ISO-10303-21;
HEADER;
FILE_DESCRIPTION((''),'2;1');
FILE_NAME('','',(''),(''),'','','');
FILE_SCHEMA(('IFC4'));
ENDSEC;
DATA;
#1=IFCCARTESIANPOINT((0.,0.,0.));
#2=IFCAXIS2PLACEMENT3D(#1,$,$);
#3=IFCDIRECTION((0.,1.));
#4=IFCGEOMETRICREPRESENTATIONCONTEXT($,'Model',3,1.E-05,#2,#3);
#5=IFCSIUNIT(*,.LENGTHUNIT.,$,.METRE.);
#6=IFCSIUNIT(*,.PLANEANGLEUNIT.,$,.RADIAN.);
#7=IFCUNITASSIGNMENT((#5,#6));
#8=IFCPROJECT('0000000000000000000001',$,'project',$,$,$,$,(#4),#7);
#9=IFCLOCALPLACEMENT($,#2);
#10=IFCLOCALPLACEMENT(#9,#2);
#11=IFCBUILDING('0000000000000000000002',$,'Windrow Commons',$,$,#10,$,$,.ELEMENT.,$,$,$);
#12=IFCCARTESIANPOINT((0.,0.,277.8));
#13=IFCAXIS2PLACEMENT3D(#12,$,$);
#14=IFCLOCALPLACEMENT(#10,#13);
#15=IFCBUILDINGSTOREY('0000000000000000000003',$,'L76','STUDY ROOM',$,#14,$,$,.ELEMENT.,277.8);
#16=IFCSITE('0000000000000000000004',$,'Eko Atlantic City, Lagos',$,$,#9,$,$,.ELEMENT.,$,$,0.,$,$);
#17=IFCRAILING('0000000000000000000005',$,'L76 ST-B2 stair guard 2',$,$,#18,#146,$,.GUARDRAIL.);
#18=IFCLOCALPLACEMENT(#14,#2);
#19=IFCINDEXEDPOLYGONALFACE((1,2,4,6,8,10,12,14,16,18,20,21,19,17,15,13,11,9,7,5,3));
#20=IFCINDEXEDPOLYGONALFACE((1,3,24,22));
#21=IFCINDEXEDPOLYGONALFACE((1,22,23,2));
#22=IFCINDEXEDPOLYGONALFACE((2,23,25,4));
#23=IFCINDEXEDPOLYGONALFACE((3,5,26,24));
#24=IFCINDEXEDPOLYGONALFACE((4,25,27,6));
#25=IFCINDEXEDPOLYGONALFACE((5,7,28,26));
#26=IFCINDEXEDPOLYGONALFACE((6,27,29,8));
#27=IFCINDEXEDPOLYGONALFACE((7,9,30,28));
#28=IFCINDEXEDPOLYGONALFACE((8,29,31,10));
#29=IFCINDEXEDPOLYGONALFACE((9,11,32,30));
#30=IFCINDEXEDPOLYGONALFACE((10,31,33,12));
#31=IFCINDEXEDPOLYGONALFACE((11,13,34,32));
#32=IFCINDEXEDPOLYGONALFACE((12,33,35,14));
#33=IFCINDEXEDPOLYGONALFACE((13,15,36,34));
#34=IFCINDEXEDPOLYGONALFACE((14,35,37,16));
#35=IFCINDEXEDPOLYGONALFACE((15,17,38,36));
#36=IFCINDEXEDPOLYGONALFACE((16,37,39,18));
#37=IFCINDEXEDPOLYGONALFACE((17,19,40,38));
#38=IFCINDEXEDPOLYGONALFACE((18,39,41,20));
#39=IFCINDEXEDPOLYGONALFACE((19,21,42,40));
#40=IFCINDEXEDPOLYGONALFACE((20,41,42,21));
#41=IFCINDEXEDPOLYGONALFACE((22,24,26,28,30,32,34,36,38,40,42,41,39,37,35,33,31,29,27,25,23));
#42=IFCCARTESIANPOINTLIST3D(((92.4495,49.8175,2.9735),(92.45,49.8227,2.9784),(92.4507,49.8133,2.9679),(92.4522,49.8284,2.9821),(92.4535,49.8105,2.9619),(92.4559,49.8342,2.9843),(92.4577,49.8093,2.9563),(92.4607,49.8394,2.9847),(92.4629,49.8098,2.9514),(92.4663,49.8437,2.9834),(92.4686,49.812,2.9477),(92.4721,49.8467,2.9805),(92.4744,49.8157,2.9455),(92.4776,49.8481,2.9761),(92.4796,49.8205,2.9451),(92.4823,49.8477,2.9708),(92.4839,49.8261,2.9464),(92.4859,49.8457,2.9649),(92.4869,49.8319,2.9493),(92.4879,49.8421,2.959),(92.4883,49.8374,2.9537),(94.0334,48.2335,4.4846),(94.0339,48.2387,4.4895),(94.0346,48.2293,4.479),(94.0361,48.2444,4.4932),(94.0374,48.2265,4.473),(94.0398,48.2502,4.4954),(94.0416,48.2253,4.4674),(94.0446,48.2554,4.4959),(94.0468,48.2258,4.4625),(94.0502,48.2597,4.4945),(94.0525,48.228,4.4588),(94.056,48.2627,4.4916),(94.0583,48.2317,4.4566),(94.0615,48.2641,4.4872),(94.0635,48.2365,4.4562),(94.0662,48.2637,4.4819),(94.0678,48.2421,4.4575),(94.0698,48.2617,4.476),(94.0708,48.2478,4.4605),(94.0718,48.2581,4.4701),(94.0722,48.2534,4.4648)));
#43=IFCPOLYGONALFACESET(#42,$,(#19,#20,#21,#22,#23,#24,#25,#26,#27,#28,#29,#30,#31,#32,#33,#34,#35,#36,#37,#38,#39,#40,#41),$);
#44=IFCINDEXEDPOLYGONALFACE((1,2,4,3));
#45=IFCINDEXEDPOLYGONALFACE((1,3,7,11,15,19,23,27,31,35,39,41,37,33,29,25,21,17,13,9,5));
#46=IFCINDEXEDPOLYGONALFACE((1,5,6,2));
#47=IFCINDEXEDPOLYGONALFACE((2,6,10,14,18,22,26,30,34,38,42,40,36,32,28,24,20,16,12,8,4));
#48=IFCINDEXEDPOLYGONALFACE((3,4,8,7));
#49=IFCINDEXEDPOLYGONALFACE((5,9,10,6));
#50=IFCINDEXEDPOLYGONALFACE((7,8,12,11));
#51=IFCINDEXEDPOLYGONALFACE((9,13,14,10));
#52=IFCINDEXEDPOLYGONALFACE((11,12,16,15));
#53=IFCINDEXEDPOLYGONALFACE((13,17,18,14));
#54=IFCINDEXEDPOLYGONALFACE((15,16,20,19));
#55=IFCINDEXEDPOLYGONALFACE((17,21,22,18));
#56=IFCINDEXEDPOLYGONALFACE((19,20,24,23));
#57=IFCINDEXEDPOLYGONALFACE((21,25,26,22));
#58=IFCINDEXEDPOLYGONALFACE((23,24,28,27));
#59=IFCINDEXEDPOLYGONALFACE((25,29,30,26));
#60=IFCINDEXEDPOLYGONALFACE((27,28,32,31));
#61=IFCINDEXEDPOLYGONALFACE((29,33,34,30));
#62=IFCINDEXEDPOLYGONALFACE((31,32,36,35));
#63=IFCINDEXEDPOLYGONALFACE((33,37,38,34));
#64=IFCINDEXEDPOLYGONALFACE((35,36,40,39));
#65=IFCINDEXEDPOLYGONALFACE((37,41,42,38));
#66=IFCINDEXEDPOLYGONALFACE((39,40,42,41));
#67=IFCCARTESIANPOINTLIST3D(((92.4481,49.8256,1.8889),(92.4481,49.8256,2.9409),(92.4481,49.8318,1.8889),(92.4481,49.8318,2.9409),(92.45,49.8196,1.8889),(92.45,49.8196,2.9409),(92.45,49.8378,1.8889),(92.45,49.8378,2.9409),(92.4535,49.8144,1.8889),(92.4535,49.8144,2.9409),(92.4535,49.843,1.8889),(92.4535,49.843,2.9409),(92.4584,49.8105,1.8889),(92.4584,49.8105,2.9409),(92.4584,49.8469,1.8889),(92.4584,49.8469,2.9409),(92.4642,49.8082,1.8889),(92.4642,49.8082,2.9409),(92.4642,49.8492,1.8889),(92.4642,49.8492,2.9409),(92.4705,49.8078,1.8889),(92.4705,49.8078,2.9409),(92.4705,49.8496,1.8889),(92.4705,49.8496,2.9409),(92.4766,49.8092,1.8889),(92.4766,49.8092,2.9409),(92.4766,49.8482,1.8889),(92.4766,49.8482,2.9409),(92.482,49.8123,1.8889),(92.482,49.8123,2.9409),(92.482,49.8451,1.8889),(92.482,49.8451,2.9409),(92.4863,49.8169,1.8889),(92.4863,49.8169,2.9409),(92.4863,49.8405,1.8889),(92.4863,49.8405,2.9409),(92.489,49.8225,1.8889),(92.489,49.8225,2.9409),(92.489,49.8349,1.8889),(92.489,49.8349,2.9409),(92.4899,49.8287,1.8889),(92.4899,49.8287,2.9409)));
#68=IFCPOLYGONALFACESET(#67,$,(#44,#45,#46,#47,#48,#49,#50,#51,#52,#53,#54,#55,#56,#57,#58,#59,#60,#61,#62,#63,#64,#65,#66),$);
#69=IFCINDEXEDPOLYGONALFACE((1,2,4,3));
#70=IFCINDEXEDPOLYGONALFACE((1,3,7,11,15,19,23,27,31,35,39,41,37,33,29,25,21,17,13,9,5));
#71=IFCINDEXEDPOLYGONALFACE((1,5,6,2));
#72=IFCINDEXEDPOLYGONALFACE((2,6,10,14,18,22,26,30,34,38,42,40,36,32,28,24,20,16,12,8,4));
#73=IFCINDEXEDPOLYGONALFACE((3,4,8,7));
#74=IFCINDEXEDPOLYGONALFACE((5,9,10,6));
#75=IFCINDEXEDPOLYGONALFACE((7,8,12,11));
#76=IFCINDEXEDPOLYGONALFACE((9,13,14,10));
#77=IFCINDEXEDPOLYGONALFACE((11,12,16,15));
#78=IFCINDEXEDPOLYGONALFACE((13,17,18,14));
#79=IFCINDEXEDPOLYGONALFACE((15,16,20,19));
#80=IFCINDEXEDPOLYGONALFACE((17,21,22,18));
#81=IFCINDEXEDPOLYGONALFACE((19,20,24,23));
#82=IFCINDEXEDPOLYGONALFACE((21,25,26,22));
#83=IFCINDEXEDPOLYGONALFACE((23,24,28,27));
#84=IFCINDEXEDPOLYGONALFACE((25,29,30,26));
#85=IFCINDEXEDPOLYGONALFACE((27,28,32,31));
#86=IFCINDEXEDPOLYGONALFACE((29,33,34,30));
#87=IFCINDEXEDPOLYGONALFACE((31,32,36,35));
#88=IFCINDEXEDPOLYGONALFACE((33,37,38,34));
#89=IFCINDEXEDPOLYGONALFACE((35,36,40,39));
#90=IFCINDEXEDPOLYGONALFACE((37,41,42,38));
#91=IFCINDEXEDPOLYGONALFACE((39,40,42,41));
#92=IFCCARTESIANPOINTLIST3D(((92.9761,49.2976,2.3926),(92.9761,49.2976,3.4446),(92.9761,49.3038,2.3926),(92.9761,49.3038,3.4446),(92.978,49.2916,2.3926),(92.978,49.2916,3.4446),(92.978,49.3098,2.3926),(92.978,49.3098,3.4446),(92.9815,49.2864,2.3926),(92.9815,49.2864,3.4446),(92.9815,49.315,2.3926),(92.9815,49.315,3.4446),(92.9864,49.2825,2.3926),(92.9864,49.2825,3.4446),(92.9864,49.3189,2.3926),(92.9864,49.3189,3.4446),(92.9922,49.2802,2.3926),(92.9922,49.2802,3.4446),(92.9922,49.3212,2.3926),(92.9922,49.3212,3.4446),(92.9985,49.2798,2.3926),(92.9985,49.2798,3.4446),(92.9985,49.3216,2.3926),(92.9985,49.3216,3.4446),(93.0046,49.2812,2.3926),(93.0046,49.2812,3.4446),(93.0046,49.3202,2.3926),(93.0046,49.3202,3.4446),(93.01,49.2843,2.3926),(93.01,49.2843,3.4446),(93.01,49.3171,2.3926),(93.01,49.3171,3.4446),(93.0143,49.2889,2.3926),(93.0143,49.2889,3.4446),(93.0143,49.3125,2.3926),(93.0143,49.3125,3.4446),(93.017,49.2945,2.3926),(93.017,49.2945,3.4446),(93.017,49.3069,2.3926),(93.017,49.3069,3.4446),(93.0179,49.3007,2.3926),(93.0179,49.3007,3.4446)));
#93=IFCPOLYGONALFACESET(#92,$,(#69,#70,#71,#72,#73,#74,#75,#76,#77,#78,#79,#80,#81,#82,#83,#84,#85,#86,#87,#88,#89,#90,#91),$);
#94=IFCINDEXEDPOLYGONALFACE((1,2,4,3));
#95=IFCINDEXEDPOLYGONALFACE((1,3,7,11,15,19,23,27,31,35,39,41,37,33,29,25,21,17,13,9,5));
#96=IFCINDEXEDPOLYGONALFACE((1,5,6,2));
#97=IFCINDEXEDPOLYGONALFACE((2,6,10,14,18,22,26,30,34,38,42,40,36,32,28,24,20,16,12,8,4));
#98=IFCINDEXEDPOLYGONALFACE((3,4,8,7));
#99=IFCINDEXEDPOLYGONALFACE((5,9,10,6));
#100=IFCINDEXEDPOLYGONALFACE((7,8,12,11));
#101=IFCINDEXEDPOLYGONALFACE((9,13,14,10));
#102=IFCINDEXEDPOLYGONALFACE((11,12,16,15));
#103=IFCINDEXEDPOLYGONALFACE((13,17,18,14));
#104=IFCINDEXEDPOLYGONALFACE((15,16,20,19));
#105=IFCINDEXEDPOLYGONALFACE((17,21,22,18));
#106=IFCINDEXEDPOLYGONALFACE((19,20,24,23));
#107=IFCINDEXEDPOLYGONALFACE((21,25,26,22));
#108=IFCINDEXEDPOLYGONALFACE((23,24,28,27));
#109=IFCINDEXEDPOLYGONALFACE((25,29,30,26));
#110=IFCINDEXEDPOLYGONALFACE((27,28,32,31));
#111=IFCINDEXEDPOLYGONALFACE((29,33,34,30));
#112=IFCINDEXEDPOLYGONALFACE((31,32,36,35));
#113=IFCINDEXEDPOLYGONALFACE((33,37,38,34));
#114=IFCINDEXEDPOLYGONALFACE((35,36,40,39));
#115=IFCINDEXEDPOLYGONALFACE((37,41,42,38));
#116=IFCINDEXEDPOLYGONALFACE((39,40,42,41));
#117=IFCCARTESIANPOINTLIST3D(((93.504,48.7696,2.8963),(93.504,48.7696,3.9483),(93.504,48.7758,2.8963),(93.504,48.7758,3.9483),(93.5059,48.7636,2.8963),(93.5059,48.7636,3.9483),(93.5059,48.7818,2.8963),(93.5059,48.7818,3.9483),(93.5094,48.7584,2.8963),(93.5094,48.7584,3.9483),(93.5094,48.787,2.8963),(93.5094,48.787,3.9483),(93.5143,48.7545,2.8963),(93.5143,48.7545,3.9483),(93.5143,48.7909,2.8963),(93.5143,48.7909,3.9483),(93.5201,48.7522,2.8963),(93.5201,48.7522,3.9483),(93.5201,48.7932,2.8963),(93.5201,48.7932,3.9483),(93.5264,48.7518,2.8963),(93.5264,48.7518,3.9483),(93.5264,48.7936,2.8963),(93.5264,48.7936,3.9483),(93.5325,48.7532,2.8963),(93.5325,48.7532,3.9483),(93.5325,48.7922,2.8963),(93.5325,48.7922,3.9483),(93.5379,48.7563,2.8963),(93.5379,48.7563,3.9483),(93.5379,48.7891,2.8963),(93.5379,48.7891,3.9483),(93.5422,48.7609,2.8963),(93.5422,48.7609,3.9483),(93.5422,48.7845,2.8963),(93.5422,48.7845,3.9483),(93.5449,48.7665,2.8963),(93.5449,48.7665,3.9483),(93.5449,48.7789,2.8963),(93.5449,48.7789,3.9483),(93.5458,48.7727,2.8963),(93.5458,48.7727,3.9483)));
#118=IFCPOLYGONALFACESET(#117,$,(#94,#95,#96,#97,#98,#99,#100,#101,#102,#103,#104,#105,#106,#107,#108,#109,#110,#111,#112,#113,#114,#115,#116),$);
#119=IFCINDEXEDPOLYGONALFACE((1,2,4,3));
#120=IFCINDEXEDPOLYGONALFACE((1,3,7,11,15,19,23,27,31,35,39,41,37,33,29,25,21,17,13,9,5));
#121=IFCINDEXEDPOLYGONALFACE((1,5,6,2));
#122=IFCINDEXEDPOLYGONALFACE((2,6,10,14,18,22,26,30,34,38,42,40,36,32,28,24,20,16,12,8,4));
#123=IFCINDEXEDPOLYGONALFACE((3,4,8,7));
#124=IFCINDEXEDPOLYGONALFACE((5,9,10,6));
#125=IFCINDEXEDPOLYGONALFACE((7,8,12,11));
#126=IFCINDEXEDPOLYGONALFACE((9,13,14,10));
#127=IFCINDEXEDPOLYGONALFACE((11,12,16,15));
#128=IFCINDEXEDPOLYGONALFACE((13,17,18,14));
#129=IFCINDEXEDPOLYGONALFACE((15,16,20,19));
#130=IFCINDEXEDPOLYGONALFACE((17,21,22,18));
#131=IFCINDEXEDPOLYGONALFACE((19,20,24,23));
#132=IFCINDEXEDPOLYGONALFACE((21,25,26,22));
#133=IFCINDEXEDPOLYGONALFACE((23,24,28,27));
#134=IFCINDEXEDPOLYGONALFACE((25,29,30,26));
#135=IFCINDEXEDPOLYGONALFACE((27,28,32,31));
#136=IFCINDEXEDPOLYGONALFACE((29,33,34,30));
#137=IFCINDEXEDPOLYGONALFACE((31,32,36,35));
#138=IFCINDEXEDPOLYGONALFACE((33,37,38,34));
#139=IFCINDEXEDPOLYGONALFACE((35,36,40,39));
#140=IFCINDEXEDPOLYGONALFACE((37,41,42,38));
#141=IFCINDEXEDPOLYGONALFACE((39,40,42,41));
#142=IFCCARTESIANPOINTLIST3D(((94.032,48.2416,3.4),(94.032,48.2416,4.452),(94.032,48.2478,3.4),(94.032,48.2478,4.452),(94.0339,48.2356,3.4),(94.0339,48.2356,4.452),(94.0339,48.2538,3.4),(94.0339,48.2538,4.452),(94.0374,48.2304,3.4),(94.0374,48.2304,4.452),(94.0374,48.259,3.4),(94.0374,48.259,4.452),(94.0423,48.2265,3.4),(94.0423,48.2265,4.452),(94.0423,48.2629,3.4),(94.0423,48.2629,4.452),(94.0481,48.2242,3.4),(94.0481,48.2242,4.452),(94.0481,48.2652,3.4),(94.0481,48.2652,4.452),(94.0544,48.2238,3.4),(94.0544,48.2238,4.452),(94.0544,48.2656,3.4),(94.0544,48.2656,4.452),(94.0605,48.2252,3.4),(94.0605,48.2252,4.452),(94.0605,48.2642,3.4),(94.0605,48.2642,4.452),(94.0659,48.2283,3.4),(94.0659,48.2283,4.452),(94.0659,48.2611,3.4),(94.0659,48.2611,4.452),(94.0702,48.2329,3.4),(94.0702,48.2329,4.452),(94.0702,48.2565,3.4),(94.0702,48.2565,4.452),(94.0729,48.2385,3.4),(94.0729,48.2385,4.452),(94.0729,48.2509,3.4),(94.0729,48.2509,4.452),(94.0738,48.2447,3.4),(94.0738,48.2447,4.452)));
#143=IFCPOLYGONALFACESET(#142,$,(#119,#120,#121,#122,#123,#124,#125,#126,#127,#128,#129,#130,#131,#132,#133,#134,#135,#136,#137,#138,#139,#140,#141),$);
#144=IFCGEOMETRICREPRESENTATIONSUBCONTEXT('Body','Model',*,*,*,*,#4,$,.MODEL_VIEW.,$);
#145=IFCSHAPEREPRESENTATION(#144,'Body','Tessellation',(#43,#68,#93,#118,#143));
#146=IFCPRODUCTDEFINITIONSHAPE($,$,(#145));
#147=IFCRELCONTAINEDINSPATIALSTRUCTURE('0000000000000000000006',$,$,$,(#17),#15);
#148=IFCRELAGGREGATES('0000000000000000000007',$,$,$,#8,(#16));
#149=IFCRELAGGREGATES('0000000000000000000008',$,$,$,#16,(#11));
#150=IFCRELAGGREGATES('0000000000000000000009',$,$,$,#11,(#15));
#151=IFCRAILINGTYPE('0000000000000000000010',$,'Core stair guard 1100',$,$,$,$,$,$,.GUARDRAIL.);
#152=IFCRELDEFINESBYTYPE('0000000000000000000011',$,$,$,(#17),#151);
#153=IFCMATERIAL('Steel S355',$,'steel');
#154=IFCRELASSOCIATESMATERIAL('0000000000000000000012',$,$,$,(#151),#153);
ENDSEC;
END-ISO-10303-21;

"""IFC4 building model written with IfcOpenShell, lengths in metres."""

from ifc_helpers import new_model, si_unit, direction, frame, origin, origin_2d, place, context, subcontext, project, spatial, circle, extrude, material, type_object, element, save


model = new_model("IFC4")

# Units and contexts
model_context = context("Model", 3, precision=1e-05, world=origin(), true_north=direction((0.0, 1.0)))
body_context = subcontext(model_context, "Body", "Model", "MODEL_VIEW")
ifc_project = project(units=[si_unit("LENGTHUNIT", "METRE"), si_unit("PLANEANGLEUNIT", "RADIAN")], contexts=[model_context])

# Site, building, storey
site_placement = place(None, origin())
site = spatial("IfcSite", under=ifc_project, at=site_placement, Name="Eko Atlantic City, Lagos", CompositionType="ELEMENT", RefElevation=0.0)
building_placement = place(site_placement, origin())
building = spatial("IfcBuilding", under=site, at=building_placement, Name="Windrow Commons", CompositionType="ELEMENT")
storey_placement = place(building_placement, frame((0.0, 0.0, 277.8)))
storey = spatial("IfcBuildingStorey", under=building, at=storey_placement, Name="L76", Description="STUDY ROOM", CompositionType="ELEMENT", Elevation=277.8)

# Railing
ifc_material_1 = material(Name="Steel S355", Category="steel")
railing_type_1 = type_object("IfcRailingType", Name="Core stair guard 1100", PredefinedType="GUARDRAIL", material=ifc_material_1)
railing_1_placement = place(storey_placement, frame((92.4689, 49.8287, 1.8889)))
element("IfcRailing", 1, at=railing_1_placement, inside=storey, type_object=railing_type_1, Name="L76 ST-B2 stair guard 2", PredefinedType="GUARDRAIL", context=body_context, shape_type="SweptSolid", body=[
    extrude(circle(Radius=0.024, at=origin_2d()), frame((0.0, 0.0, 1.076), z_axis=(0.586179, -0.586216, 0.559237), x_axis=(0.707129, 0.707084, 0.0)), (0.0, 0.0, 1.0), 2.7021),
    extrude(circle(Radius=0.021, at=origin_2d()), origin(), (0.0, 0.0, 1.0), 1.052),
    extrude(circle(Radius=0.021, at=origin_2d()), frame((0.528, -0.528, 0.5037)), (0.0, 0.0, 1.0), 1.052),
    extrude(circle(Radius=0.021, at=origin_2d()), frame((1.0559, -1.056, 1.0074)), (0.0, 0.0, 1.0), 1.052),
    extrude(circle(Radius=0.021, at=origin_2d()), frame((1.5839, -1.584, 1.5111)), (0.0, 0.0, 1.0), 1.052),
])

save(model, "model.ifc")
